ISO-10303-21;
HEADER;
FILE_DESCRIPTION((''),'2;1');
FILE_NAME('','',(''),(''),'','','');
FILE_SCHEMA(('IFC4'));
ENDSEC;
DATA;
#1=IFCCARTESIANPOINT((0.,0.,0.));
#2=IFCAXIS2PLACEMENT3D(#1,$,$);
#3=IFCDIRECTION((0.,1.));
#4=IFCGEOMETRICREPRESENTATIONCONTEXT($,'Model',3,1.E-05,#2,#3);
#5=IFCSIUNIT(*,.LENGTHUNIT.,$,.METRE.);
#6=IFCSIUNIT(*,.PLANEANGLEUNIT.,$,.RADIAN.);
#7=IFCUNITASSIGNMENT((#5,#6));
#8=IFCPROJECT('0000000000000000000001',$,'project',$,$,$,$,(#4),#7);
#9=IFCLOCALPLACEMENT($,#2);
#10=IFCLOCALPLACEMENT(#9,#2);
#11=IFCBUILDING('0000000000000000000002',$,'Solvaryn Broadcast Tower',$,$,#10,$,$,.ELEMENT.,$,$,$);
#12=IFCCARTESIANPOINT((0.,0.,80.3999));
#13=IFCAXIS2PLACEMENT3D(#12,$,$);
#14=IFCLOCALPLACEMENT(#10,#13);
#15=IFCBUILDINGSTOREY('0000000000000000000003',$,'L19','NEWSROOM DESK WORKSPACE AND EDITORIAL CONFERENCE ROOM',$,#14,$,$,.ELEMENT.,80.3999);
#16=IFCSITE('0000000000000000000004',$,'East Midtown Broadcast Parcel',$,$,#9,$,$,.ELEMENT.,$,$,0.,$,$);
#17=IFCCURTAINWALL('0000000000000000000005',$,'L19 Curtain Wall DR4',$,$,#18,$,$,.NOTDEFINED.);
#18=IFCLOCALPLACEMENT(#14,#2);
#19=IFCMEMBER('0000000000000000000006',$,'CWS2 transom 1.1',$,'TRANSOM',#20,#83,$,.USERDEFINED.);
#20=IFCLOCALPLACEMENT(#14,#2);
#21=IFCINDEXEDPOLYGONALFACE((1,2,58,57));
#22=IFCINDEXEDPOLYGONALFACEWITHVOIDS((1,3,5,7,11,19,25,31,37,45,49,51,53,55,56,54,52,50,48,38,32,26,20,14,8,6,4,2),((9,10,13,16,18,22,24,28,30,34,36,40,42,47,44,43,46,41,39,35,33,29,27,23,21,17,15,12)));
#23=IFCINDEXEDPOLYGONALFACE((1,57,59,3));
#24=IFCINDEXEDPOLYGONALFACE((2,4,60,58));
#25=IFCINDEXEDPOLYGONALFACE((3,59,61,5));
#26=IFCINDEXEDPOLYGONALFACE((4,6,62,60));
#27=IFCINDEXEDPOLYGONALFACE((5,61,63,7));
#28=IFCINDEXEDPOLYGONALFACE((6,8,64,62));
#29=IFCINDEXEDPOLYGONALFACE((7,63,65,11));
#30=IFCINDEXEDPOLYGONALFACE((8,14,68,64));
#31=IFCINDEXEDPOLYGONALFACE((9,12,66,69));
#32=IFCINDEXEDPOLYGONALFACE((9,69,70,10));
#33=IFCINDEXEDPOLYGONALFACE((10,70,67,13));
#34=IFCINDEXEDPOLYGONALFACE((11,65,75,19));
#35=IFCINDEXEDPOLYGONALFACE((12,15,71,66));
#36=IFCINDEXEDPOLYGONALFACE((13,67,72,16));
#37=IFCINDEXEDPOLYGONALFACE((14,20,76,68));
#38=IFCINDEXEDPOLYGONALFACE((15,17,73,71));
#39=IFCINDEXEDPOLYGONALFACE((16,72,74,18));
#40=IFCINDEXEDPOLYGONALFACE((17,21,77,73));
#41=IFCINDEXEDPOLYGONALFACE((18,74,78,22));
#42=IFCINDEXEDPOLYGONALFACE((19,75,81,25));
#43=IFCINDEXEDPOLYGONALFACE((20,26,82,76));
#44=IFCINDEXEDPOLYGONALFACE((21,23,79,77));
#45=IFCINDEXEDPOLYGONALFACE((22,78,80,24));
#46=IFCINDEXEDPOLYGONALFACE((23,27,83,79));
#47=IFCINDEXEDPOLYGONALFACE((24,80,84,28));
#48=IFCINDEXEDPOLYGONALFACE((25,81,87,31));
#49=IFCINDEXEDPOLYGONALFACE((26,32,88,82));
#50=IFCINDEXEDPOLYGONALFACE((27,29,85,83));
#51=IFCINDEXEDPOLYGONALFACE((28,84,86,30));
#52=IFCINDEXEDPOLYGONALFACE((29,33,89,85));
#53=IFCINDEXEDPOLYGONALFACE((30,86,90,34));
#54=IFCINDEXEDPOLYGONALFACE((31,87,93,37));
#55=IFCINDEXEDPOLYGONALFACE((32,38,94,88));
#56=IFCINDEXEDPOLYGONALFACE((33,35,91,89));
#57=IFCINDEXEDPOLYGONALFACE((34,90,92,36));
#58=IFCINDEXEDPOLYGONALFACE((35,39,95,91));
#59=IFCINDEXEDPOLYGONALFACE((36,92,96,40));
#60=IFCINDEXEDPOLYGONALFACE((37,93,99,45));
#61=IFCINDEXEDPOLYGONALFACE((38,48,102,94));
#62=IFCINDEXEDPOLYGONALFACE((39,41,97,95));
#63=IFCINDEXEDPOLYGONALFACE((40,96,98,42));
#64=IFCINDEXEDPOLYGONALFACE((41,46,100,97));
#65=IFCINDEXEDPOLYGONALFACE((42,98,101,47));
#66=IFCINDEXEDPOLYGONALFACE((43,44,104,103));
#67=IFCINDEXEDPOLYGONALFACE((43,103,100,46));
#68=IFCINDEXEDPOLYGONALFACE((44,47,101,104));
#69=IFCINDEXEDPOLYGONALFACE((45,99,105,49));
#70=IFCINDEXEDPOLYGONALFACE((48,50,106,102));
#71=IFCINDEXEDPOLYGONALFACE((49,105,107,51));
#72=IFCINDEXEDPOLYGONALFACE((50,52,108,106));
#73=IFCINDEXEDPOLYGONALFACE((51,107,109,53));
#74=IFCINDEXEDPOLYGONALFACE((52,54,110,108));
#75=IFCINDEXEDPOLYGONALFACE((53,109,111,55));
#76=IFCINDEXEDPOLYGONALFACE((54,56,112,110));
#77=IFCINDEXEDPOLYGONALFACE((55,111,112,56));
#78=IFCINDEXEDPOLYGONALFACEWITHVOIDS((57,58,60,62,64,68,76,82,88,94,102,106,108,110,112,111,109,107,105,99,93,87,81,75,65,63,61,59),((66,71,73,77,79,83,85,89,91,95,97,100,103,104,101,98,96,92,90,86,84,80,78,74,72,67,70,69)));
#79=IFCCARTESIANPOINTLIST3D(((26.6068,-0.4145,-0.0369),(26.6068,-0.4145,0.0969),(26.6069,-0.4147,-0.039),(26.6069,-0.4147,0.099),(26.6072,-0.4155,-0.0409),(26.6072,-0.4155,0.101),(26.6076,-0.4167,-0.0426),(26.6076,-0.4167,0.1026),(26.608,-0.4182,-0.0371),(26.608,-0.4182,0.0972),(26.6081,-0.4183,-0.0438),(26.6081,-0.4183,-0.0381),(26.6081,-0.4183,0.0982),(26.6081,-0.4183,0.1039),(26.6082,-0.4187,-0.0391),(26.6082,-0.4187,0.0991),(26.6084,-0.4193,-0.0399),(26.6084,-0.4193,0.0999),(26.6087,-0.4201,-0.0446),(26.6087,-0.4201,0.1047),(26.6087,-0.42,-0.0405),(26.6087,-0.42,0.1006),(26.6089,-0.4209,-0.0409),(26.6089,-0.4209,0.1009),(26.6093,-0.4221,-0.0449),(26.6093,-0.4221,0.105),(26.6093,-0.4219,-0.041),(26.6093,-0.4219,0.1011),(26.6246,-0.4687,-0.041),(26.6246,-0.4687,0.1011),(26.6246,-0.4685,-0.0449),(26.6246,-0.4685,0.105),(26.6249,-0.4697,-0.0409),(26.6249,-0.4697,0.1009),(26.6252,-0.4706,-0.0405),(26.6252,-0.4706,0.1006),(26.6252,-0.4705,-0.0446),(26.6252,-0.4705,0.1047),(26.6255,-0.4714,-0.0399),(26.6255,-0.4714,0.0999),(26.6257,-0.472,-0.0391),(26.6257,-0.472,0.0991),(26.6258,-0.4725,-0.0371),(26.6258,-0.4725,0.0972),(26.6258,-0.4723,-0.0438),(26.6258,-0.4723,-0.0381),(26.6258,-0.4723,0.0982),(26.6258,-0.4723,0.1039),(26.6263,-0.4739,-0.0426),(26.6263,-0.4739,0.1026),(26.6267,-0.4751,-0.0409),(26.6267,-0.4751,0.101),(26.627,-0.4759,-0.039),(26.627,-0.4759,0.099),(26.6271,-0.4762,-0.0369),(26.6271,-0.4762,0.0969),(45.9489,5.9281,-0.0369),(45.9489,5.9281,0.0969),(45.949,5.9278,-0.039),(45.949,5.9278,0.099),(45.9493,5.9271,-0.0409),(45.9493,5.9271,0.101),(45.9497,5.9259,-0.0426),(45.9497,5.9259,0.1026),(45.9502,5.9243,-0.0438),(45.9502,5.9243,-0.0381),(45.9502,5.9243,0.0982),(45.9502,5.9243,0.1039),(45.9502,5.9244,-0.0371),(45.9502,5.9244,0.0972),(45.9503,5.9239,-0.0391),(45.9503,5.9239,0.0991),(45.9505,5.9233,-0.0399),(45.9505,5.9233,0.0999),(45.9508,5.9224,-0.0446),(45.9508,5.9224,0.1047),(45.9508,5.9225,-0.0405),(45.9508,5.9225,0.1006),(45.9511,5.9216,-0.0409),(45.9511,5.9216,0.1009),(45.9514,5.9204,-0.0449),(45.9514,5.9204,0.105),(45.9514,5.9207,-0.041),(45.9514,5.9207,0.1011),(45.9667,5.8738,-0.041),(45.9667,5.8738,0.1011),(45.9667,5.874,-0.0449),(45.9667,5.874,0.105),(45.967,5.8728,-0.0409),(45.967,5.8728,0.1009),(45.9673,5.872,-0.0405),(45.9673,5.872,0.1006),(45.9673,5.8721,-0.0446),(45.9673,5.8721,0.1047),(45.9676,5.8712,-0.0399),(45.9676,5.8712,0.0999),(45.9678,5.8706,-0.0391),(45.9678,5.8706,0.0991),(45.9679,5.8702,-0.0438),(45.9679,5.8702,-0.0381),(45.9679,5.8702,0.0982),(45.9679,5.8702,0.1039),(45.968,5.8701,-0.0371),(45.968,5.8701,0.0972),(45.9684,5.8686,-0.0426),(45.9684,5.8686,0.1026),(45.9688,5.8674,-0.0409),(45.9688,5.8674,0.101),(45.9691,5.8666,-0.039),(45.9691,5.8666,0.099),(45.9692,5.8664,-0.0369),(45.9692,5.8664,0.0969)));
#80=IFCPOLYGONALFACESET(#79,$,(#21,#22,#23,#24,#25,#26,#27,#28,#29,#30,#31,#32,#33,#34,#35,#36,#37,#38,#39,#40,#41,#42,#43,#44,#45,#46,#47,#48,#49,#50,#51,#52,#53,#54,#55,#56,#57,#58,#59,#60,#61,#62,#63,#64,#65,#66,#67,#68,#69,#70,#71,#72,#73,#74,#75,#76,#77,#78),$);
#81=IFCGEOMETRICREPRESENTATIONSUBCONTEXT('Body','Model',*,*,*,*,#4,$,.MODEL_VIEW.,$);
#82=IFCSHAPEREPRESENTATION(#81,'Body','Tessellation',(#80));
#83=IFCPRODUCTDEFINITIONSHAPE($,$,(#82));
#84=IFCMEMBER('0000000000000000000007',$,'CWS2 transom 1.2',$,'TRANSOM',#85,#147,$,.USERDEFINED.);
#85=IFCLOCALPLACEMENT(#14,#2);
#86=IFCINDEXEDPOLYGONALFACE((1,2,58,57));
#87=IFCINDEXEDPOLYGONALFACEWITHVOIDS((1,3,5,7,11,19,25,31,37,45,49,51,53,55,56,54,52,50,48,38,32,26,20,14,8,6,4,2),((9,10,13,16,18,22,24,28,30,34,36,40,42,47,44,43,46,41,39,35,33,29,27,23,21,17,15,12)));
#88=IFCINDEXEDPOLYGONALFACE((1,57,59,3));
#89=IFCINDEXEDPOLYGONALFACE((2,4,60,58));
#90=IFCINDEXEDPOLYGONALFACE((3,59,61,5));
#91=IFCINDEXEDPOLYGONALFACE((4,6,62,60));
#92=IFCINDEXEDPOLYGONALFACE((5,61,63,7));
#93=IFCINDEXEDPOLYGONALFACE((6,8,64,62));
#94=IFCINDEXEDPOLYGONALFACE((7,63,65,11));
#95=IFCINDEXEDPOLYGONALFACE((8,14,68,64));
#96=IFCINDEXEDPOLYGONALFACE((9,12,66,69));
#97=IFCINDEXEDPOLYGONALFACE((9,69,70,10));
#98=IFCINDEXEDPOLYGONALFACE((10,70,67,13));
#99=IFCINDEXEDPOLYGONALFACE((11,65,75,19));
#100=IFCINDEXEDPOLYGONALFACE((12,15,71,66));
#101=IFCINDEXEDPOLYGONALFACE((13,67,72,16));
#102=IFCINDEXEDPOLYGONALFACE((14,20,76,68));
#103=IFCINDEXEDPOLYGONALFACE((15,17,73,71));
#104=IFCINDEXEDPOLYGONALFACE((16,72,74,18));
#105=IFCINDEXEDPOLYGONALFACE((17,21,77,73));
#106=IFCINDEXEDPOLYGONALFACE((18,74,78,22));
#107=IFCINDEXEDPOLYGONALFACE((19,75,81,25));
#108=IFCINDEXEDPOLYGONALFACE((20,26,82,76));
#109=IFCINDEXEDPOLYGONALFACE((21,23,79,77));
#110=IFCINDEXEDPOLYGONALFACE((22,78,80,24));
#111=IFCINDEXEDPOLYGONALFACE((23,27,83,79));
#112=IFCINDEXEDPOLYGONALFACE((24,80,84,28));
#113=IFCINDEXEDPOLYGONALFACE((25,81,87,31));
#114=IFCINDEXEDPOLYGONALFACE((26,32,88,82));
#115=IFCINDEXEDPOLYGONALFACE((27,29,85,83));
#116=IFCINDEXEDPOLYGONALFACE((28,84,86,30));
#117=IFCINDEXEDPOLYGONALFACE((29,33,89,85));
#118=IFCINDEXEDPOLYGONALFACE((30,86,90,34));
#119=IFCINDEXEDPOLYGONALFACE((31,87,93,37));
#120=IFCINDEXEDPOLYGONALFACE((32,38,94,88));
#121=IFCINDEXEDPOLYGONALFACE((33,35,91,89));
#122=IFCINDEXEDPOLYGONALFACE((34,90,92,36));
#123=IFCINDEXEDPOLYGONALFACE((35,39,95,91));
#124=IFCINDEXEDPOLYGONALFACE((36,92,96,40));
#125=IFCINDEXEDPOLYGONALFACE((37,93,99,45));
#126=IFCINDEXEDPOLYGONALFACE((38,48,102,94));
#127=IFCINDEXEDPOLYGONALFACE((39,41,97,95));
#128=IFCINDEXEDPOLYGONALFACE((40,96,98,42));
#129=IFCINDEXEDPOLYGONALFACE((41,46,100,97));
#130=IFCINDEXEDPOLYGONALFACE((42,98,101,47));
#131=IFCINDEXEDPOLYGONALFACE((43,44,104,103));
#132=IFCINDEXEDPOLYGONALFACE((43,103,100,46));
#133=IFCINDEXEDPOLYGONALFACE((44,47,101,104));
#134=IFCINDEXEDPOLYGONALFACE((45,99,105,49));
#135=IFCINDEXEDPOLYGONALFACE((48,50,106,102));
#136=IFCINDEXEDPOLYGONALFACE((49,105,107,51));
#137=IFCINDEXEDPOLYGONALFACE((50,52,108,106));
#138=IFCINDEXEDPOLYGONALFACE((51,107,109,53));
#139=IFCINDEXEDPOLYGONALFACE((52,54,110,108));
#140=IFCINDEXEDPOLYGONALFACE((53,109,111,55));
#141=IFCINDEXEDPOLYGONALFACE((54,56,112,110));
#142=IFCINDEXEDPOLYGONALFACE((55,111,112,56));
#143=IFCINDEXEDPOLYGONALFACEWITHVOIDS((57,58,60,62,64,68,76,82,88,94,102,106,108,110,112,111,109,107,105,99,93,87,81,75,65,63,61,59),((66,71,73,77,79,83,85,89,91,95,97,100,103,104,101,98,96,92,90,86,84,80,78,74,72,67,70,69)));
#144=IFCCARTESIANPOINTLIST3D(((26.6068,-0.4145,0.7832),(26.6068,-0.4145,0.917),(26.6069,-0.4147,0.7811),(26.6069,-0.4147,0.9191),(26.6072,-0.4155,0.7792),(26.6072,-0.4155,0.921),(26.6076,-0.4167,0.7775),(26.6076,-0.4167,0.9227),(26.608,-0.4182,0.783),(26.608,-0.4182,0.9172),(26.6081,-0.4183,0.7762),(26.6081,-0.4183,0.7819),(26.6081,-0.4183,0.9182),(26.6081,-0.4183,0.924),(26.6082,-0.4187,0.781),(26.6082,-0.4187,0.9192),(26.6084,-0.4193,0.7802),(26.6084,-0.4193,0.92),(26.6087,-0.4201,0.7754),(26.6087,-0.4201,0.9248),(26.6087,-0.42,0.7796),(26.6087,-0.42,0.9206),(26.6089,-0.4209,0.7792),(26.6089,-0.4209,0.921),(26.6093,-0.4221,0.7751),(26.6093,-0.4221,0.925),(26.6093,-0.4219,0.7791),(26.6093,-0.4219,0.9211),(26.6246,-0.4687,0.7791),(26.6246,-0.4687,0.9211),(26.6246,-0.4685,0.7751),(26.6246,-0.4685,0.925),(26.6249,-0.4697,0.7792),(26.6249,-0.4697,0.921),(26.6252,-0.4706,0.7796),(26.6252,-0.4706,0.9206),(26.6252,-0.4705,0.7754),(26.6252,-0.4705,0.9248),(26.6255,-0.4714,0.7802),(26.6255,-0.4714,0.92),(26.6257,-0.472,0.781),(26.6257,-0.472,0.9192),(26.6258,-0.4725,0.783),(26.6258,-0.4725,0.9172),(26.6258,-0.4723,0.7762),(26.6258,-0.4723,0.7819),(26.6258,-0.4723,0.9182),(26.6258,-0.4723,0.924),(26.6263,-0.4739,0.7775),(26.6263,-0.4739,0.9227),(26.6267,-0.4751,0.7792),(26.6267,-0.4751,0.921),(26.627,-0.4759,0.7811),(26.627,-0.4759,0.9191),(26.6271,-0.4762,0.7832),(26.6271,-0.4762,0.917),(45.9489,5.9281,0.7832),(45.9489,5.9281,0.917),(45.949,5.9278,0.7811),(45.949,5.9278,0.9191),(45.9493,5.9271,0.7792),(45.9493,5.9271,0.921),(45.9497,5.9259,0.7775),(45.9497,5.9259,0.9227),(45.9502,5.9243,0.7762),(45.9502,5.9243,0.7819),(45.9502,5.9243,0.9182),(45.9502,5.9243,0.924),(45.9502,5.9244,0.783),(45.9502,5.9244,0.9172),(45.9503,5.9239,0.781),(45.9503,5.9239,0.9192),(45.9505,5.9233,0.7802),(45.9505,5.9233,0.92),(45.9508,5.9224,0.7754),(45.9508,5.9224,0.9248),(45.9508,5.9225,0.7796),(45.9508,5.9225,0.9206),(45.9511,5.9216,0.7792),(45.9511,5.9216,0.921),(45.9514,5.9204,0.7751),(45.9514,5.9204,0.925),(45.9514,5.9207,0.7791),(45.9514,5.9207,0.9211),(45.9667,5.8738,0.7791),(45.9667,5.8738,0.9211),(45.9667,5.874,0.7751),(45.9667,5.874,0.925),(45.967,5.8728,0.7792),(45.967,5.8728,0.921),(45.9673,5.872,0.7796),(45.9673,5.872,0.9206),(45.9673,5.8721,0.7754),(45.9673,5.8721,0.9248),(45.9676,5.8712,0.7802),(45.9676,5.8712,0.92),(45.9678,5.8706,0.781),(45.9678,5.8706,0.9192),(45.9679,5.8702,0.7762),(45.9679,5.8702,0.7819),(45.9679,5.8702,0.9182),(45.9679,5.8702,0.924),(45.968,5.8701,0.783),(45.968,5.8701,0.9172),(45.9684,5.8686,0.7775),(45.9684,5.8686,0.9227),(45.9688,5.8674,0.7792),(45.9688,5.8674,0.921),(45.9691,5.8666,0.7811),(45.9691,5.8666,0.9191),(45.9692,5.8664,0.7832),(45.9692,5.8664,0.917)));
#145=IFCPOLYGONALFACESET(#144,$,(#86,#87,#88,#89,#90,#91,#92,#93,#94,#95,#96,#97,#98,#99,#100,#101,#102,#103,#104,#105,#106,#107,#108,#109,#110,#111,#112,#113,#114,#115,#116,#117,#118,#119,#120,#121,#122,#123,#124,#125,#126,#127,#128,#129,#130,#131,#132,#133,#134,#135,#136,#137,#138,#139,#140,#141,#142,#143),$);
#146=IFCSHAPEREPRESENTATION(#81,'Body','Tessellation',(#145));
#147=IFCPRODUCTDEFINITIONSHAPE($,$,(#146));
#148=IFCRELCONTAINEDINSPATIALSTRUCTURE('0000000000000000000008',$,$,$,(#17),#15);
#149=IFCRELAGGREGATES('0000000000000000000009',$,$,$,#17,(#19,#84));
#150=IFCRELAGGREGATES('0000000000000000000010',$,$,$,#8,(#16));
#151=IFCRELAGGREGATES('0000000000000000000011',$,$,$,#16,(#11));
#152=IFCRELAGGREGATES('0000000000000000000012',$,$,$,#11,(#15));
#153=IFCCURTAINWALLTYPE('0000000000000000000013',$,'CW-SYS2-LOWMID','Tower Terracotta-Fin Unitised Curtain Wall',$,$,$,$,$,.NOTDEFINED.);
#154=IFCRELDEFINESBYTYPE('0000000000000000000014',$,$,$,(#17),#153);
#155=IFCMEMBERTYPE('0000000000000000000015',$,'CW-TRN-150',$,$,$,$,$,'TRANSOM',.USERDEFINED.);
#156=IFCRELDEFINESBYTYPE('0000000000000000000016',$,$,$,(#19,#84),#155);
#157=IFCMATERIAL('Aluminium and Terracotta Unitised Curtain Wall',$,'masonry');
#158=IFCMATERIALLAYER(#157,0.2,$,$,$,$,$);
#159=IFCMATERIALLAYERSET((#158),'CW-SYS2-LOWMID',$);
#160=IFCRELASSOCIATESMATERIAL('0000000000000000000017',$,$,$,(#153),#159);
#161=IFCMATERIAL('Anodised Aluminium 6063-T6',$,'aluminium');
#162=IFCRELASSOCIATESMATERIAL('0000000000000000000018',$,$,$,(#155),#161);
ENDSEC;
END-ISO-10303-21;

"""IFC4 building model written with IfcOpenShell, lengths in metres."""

from ifc_helpers import new_model, si_unit, direction, frame, origin, origin_2d, place, context, subcontext, project, spatial, hollow_rectangle, extrude, material, layer, layer_set, material_profile, profile_set, type_object, element, aggregate, save


model = new_model("IFC4")

# Units and contexts
model_context = context("Model", 3, precision=1e-05, world=origin(), true_north=direction((0.0, 1.0)))
body_context = subcontext(model_context, "Body", "Model", "MODEL_VIEW")
ifc_project = project(units=[si_unit("LENGTHUNIT", "METRE"), si_unit("PLANEANGLEUNIT", "RADIAN")], contexts=[model_context])

# Site, building, storey
site_placement = place(None, origin())
site = spatial("IfcSite", under=ifc_project, at=site_placement, Name="East Midtown Broadcast Parcel", CompositionType="ELEMENT", RefElevation=0.0)
building_placement = place(site_placement, origin())
building = spatial("IfcBuilding", under=site, at=building_placement, Name="Solvaryn Broadcast Tower", CompositionType="ELEMENT")
storey_placement = place(building_placement, frame((0.0, 0.0, 80.3999)))
storey = spatial("IfcBuildingStorey", under=building, at=storey_placement, Name="L19", Description="NEWSROOM DESK WORKSPACE AND EDITORIAL CONFERENCE ROOM", CompositionType="ELEMENT", Elevation=80.3999)

# Shared definitions
ifc_material_1 = material(Name="Aluminium and Terracotta Unitised Curtain Wall", Category="masonry")
ifc_layer_1 = layer(ifc_material_1, 0.2)
ifc_layer_set_1 = layer_set([ifc_layer_1], Name="CW-SYS2-LOWMID")
curtain_wall_type = type_object("IfcCurtainWallType", Name="CW-SYS2-LOWMID", Description="Tower Terracotta-Fin Unitised Curtain Wall", PredefinedType="NOTDEFINED", material=ifc_layer_set_1)

# Curtain wall, members
curtain_wall_1_placement = place(storey_placement, origin())
curtain_wall_1 = element("IfcCurtainWall", 1, at=curtain_wall_1_placement, inside=storey, type_object=curtain_wall_type, Name="L19 Curtain Wall DR4", PredefinedType="NOTDEFINED")
ifc_material_2 = material(Name="Anodised Aluminium 6063-T6", Category="aluminium")
ifc_material_profile_1 = material_profile(ifc_material_2, hollow_rectangle(XDim=0.0649, YDim=0.1499, WallThickness=0.0039, InnerFilletRadius=0.0039, OuterFilletRadius=0.0081, at=origin_2d()))
ifc_profile_set_1 = profile_set([ifc_material_profile_1], Name="Anodised Aluminium 6063-T6")
member_type_1 = type_object("IfcMemberType", Name="CW-TRN-150", ElementType="TRANSOM", PredefinedType="USERDEFINED", material=ifc_profile_set_1)
member_1_placement = place(storey_placement, frame((26.6169, -0.4453, 0.03), z_axis=(0.950217, 0.31159, 0.0), x_axis=(-0.31159, 0.950217, 0.0)))
member_1 = element("IfcMember", 2, at=member_1_placement, type_object=member_type_1, Name="CWS2 transom 1.1", ObjectType="TRANSOM", PredefinedType="USERDEFINED", context=body_context, shape_type="SweptSolid", body=[
    extrude(hollow_rectangle(XDim=0.0649, YDim=0.1499, WallThickness=0.0039, InnerFilletRadius=0.0039, OuterFilletRadius=0.0081, at=origin_2d()), origin(), (0.0, 0.0, 1.0), 20.3555),
])
member_2_placement = place(storey_placement, frame((26.6169, -0.4453, 0.8501), z_axis=(0.950217, 0.31159, 0.0), x_axis=(-0.31159, 0.950217, 0.0)))
member_2 = element("IfcMember", 3, at=member_2_placement, type_object=member_type_1, Name="CWS2 transom 1.2", ObjectType="TRANSOM", PredefinedType="USERDEFINED", context=body_context, shape_type="SweptSolid", body=[
    extrude(hollow_rectangle(XDim=0.0649, YDim=0.1499, WallThickness=0.0039, InnerFilletRadius=0.0039, OuterFilletRadius=0.0081, at=origin_2d()), origin(), (0.0, 0.0, 1.0), 20.3555),
])
aggregate(curtain_wall_1, [member_1, member_2])

save(model, "model.ifc")
